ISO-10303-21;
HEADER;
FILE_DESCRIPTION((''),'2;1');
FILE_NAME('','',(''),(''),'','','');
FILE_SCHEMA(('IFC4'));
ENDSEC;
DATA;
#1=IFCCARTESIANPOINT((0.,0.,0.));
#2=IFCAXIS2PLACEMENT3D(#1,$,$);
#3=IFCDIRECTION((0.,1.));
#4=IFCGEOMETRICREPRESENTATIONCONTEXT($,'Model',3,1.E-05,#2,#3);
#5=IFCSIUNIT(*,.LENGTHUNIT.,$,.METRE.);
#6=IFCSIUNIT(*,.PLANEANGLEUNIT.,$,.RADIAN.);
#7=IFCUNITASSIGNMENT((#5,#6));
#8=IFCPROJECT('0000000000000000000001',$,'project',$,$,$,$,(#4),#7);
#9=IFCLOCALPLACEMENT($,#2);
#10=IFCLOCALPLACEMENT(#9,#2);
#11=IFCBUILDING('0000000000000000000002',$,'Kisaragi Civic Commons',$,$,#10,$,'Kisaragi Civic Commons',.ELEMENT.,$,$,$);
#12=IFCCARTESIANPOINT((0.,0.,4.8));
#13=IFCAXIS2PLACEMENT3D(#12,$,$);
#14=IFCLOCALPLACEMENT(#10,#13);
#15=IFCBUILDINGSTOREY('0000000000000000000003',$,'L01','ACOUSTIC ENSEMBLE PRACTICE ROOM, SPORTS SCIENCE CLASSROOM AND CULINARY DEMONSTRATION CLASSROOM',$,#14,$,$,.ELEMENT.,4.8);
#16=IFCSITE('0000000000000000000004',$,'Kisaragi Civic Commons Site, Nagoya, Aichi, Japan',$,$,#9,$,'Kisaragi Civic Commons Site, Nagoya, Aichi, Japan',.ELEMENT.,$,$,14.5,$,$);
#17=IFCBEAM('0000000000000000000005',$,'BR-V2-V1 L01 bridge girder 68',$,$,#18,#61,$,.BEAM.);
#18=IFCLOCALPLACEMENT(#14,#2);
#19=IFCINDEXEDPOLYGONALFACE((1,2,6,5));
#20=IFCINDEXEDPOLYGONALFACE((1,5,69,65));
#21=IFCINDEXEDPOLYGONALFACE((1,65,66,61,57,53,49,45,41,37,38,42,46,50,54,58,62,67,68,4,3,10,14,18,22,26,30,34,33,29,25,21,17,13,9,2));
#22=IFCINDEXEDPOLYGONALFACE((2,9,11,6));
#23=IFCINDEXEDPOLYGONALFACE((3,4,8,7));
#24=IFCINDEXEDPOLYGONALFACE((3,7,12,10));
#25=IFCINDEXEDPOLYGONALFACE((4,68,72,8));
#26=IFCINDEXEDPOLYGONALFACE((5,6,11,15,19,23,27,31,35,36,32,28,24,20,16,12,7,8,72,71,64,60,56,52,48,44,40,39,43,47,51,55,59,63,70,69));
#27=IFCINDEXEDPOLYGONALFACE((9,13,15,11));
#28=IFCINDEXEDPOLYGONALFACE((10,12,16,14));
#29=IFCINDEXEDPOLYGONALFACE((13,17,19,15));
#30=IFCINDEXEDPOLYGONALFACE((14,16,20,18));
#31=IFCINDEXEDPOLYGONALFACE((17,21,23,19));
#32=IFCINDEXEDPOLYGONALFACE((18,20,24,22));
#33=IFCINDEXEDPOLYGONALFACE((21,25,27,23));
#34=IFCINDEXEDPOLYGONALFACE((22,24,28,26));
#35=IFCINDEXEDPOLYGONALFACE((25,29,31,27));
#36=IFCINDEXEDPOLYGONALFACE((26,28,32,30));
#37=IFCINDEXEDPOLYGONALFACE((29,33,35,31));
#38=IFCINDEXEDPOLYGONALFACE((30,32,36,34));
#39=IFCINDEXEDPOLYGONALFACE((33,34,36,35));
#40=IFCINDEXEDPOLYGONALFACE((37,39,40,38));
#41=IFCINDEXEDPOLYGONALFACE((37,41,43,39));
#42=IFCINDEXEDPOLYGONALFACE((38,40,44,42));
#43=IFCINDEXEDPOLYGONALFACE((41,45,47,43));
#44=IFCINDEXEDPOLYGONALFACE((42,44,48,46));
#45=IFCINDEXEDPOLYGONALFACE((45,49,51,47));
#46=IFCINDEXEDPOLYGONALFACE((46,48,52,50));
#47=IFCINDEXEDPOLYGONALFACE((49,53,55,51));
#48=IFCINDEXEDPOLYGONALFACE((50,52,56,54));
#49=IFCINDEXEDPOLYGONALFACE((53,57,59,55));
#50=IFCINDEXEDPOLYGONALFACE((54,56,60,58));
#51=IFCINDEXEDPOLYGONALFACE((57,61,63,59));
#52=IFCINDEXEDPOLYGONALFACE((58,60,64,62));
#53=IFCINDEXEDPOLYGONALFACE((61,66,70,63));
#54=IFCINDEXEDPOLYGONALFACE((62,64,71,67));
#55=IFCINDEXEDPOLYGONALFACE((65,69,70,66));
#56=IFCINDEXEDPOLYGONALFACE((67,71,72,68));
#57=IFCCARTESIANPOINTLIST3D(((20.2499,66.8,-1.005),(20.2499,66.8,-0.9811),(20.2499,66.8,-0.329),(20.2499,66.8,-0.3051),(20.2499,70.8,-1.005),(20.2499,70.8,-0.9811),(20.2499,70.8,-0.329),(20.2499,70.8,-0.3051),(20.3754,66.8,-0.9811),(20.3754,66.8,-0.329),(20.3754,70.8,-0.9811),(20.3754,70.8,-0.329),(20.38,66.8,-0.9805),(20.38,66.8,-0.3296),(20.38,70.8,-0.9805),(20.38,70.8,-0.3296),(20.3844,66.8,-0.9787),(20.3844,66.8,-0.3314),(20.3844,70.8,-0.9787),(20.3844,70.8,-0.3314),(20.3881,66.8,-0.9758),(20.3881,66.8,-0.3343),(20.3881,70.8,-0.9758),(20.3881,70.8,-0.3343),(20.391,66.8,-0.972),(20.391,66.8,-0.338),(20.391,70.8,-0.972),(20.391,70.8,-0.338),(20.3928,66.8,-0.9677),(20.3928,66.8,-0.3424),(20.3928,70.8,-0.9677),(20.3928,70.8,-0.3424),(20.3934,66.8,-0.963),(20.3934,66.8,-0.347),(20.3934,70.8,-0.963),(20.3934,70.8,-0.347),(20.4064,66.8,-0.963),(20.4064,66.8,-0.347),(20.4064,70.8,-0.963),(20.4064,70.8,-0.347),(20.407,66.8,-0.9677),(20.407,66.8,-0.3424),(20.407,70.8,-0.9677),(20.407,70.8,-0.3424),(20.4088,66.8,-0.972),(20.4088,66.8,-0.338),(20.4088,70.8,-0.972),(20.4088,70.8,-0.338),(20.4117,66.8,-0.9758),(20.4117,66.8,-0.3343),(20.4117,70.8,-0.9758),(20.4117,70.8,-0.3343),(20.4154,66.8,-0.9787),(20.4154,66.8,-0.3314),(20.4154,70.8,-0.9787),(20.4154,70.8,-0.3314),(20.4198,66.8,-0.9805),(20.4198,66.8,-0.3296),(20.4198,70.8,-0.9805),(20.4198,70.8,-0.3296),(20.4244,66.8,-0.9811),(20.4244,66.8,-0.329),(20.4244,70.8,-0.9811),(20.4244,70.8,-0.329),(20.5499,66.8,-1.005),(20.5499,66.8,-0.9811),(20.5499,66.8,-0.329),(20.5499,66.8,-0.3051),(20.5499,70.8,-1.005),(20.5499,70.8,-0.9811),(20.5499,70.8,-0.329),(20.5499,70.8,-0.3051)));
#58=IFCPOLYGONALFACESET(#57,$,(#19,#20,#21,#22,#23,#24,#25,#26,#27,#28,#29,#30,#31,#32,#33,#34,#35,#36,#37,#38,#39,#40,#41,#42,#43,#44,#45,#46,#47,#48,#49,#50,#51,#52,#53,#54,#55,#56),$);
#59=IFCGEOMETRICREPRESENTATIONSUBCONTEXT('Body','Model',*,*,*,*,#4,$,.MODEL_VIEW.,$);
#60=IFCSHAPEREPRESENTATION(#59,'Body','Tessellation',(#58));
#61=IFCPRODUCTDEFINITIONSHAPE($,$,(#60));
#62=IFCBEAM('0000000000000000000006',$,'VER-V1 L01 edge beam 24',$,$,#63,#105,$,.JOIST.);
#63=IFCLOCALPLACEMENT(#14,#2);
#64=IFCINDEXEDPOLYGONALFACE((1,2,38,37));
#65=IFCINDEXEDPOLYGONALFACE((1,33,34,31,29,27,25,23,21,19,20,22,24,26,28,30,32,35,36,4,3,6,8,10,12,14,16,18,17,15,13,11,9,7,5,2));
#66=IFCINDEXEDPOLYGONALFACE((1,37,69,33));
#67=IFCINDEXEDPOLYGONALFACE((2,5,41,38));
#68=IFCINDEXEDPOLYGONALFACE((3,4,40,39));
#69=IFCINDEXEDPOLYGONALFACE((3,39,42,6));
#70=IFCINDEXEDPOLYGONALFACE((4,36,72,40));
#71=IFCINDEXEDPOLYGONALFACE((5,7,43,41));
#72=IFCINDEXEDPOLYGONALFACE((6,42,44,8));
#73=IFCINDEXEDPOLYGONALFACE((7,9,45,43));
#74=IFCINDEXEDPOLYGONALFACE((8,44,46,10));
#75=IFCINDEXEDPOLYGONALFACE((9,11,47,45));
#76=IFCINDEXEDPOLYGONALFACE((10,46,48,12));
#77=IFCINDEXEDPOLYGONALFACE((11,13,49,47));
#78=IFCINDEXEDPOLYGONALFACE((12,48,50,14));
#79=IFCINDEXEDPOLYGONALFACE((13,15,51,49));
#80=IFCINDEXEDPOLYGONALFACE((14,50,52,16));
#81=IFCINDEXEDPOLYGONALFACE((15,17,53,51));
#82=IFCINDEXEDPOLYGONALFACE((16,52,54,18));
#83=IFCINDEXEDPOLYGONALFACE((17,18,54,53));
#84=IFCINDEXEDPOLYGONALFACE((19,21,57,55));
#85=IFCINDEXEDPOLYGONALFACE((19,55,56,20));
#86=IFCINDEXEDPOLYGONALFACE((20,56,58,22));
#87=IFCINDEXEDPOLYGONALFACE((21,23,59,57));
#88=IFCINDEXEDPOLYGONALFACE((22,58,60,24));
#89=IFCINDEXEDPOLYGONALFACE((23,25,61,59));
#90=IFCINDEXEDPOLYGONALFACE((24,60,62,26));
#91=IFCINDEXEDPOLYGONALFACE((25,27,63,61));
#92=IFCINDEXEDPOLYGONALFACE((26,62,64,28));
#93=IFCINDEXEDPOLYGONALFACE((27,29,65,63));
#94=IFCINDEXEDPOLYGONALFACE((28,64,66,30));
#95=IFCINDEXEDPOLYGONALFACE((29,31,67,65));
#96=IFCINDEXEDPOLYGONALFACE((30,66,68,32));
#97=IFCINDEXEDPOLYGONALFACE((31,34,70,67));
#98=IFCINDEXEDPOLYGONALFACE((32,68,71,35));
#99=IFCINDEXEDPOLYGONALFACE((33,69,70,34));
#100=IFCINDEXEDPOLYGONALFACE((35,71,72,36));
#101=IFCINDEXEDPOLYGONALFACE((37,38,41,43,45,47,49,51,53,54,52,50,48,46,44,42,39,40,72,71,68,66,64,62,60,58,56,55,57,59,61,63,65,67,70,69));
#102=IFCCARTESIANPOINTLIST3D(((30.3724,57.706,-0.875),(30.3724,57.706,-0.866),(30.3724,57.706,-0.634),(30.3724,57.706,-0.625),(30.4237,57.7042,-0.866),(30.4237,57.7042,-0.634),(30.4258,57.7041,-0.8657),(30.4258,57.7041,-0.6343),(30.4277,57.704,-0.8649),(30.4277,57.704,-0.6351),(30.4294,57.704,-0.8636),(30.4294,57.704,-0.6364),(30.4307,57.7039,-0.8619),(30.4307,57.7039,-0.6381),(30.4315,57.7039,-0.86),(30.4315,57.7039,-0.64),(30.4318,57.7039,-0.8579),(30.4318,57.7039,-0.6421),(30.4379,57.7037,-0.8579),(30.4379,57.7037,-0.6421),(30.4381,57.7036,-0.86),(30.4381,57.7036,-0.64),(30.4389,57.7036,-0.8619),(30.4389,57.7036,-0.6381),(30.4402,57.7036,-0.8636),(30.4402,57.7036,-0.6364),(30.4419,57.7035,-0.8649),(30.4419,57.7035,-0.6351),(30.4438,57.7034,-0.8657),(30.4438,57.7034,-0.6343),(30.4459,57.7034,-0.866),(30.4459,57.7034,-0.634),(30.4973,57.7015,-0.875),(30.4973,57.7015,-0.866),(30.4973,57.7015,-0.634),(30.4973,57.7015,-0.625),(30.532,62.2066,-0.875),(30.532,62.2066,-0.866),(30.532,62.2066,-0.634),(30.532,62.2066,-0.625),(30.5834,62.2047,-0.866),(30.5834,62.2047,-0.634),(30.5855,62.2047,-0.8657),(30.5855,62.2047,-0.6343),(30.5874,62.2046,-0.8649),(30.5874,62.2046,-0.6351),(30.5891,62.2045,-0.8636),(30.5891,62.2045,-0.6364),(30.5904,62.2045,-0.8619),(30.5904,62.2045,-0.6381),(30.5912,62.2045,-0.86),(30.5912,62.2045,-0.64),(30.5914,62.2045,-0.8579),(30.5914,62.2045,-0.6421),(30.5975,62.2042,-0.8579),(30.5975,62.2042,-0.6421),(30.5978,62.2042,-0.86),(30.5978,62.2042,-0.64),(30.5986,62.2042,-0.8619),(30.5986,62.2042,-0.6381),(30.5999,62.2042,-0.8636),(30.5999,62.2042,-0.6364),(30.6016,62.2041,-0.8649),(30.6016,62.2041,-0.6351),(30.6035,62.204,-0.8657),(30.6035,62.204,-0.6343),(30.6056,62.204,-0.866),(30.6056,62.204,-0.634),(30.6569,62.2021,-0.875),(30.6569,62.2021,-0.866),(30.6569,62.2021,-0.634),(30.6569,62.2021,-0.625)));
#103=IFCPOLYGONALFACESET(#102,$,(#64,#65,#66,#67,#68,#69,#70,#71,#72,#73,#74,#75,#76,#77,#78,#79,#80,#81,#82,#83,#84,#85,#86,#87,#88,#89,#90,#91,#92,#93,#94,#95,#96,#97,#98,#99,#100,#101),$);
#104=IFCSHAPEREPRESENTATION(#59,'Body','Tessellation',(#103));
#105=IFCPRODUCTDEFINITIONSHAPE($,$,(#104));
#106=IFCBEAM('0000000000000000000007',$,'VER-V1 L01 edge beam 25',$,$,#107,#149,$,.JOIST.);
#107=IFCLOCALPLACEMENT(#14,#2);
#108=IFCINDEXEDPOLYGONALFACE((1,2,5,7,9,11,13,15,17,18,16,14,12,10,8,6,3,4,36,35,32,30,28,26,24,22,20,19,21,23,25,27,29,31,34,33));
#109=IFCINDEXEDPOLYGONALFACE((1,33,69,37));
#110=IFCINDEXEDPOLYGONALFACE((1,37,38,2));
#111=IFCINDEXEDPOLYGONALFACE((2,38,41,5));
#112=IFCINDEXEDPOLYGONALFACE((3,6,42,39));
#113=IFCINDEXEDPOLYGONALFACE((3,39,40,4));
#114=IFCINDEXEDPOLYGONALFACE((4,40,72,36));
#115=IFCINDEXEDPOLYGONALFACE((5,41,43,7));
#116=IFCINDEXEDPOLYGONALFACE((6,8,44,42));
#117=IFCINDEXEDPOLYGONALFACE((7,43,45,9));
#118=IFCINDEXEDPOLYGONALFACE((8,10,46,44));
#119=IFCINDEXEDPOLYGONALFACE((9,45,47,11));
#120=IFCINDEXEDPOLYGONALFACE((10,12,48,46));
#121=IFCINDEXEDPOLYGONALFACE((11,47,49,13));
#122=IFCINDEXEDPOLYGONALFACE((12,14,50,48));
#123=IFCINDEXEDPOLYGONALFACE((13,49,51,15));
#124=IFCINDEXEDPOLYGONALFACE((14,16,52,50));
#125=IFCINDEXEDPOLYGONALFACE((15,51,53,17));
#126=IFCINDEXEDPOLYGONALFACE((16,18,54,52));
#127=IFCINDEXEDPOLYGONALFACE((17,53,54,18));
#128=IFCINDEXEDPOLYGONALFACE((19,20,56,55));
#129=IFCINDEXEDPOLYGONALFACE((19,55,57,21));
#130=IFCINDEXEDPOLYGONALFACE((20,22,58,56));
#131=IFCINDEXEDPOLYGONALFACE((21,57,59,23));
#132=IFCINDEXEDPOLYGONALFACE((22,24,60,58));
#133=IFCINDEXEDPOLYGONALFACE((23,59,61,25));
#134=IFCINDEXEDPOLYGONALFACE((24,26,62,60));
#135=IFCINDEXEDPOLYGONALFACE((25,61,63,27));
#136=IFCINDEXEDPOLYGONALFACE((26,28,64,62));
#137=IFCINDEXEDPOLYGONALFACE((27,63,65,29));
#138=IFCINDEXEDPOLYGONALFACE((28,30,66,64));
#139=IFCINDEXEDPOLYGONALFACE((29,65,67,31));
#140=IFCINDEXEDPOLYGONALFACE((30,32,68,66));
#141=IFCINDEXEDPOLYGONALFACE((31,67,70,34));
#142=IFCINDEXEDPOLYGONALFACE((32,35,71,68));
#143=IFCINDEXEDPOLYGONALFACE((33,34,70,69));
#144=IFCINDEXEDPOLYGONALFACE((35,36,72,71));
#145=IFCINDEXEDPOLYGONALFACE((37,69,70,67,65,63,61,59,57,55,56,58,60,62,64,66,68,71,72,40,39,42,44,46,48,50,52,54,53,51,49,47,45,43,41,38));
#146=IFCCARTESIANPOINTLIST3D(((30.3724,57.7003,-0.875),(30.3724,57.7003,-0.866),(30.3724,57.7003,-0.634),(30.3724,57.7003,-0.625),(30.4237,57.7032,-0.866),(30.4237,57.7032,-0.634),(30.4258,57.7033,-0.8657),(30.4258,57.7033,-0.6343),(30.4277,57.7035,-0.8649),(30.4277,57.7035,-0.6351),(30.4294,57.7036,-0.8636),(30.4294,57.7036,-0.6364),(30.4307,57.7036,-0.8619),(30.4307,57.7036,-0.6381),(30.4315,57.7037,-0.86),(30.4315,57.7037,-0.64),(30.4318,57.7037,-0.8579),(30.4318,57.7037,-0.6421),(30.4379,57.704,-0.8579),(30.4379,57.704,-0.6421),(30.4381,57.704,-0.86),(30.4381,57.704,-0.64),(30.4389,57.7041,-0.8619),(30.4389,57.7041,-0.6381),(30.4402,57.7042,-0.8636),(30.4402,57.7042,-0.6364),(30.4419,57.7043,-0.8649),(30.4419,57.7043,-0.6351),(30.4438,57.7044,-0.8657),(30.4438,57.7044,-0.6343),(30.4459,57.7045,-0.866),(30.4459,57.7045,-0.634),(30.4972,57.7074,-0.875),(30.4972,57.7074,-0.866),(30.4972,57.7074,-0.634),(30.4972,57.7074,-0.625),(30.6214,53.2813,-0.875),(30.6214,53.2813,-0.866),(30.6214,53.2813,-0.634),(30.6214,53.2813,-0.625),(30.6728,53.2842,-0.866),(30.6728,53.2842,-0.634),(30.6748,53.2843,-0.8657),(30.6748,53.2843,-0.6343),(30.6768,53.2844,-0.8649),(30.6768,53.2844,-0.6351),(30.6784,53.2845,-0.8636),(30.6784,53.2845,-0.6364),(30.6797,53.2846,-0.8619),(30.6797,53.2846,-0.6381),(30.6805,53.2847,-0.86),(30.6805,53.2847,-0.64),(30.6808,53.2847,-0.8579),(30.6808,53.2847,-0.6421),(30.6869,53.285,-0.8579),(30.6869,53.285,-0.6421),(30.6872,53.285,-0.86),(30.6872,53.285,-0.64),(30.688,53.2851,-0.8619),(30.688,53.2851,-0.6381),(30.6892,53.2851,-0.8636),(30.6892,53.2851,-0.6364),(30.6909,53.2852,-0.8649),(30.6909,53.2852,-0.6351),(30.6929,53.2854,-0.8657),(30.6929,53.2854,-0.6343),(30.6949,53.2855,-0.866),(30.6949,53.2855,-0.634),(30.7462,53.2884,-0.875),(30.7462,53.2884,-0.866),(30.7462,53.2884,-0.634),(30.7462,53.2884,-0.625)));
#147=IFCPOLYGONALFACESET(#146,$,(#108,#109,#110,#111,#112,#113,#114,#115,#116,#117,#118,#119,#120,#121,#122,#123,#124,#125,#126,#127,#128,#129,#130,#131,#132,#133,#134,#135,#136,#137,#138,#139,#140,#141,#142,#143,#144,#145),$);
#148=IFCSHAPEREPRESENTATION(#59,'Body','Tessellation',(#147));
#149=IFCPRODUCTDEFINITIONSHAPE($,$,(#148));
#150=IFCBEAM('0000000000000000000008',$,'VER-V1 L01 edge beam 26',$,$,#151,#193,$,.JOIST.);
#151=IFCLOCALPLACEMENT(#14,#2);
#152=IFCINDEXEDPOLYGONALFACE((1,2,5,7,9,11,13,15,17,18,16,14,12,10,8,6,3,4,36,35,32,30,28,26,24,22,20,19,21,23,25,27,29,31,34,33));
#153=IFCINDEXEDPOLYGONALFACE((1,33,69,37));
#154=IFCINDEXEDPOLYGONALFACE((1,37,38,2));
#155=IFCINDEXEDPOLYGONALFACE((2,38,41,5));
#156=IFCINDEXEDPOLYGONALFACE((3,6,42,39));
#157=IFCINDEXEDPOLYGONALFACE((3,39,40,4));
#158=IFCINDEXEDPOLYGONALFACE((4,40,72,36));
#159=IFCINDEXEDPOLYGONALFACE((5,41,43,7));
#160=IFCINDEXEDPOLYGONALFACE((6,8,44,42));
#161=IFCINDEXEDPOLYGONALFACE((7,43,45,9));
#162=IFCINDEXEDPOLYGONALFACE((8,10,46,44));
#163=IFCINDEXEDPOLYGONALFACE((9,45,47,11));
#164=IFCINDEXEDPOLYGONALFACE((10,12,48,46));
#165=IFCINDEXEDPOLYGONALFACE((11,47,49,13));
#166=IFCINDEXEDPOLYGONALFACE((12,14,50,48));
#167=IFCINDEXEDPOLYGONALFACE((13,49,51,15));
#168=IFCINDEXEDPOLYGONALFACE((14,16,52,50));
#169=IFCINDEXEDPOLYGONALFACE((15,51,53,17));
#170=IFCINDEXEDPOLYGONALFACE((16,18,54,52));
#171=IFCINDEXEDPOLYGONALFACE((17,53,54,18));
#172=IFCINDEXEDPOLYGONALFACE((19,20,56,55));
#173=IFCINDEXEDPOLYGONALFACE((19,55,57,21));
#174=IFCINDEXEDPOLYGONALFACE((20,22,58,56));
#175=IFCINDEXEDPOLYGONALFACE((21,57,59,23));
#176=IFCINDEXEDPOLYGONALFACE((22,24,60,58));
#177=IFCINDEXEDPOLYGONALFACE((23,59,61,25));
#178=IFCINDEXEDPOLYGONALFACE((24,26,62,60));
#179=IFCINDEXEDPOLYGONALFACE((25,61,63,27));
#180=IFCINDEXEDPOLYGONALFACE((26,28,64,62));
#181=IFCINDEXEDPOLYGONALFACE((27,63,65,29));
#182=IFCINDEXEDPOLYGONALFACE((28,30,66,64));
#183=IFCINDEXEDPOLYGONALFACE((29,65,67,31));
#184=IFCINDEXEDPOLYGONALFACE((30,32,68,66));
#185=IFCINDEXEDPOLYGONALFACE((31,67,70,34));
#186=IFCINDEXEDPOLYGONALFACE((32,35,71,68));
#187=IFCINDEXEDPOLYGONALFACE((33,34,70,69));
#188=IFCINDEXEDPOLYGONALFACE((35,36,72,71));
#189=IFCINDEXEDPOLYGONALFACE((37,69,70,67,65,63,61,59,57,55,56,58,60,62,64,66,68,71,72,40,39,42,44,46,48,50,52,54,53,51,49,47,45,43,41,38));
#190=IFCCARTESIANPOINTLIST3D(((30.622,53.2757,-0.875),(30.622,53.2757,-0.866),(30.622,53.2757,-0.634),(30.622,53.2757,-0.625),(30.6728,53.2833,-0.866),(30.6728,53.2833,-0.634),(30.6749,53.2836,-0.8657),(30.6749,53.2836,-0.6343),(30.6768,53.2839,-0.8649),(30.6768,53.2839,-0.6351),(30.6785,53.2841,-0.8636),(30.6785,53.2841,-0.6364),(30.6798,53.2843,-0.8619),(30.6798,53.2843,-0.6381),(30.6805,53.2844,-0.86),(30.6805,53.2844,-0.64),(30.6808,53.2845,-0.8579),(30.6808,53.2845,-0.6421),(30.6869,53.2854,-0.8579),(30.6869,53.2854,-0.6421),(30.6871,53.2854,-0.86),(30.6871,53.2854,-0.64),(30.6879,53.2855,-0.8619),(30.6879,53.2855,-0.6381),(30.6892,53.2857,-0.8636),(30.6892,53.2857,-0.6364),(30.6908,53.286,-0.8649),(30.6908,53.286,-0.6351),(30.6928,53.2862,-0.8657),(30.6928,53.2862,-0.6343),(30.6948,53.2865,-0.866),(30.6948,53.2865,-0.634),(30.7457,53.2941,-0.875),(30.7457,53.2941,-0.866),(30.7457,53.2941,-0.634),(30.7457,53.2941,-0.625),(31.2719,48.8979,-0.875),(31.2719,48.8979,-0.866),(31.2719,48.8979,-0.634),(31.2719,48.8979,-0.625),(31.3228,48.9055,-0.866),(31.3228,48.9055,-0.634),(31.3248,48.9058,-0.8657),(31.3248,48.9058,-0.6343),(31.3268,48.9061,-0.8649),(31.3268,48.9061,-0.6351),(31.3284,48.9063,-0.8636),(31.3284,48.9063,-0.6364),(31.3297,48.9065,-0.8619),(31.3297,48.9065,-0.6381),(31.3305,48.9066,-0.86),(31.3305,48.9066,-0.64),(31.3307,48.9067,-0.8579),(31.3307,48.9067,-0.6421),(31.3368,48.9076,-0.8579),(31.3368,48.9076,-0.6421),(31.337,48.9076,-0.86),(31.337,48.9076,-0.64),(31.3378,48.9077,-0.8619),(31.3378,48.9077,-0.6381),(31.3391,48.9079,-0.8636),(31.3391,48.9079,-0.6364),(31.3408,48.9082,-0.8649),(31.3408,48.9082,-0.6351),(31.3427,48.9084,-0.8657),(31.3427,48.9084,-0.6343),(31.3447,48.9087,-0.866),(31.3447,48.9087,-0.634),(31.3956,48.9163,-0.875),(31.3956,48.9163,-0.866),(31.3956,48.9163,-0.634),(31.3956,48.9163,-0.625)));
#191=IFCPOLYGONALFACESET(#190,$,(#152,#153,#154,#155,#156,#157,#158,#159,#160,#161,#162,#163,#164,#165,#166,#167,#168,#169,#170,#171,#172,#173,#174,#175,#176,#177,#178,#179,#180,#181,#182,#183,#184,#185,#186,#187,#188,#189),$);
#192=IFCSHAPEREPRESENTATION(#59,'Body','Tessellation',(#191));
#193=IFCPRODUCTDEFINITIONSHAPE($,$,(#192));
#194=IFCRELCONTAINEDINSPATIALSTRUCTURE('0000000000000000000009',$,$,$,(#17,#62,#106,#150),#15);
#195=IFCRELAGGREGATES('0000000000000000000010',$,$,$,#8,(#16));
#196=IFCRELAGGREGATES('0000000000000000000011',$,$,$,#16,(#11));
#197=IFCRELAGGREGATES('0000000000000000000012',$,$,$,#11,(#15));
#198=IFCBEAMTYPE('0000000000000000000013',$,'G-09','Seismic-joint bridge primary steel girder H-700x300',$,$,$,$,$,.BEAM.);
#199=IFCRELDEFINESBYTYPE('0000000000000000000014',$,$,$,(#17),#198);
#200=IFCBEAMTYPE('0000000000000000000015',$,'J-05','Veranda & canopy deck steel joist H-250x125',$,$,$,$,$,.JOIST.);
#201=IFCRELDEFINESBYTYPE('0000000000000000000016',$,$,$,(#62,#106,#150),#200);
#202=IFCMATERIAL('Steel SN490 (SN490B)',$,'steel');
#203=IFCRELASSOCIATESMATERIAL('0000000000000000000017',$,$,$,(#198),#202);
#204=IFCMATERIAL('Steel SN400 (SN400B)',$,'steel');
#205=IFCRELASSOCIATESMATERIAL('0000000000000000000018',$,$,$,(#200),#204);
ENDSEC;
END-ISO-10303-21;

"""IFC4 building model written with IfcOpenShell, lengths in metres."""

from ifc_helpers import new_model, si_unit, direction, frame, origin, origin_2d, place, context, subcontext, project, spatial, i_section, extrude, material, material_profile, profile_set, type_object, element, save


model = new_model("IFC4")

# Units and contexts
model_context = context("Model", 3, precision=1e-05, world=origin(), true_north=direction((0.0, 1.0)))
body_context = subcontext(model_context, "Body", "Model", "MODEL_VIEW")
ifc_project = project(units=[si_unit("LENGTHUNIT", "METRE"), si_unit("PLANEANGLEUNIT", "RADIAN")], contexts=[model_context])

# Site, building, storey
site_placement = place(None, origin())
site = spatial("IfcSite", under=ifc_project, at=site_placement, Name="Kisaragi Civic Commons Site, Nagoya, Aichi, Japan", LongName="Kisaragi Civic Commons Site, Nagoya, Aichi, Japan", CompositionType="ELEMENT", RefElevation=14.5)
building_placement = place(site_placement, origin())
building = spatial("IfcBuilding", under=site, at=building_placement, Name="Kisaragi Civic Commons", LongName="Kisaragi Civic Commons", CompositionType="ELEMENT")
storey_placement = place(building_placement, frame((0.0, 0.0, 4.8)))
storey = spatial("IfcBuildingStorey", under=building, at=storey_placement, Name="L01", Description="ACOUSTIC ENSEMBLE PRACTICE ROOM, SPORTS SCIENCE CLASSROOM AND CULINARY DEMONSTRATION CLASSROOM", CompositionType="ELEMENT", Elevation=4.8)

# Beams
ifc_material_1 = material(Name="Steel SN490 (SN490B)", Category="steel")
ifc_material_profile_1 = material_profile(ifc_material_1, i_section(OverallWidth=0.3, OverallDepth=0.7, WebThickness=0.0129, FlangeThickness=0.0239, FilletRadius=0.0181, at=origin_2d()), Name="H-700x300x13x24", Category="steel")
ifc_profile_set_1 = profile_set([ifc_material_profile_1], Name="Steel SN490 (SN490B)")
beam_type_1 = type_object("IfcBeamType", Name="G-09", Description="Seismic-joint bridge primary steel girder H-700x300", PredefinedType="BEAM", material=ifc_profile_set_1)
beam_1_placement = place(storey_placement, frame((20.3999, 70.8, -0.655), z_axis=(0.0, -1.0, 0.0), x_axis=(1.0, 0.0, 0.0)))
element("IfcBeam", 1, at=beam_1_placement, inside=storey, type_object=beam_type_1, Name="BR-V2-V1 L01 bridge girder 68", PredefinedType="BEAM", context=body_context, shape_type="SweptSolid", body=[
    extrude(i_section(OverallWidth=0.3, OverallDepth=0.7, WebThickness=0.0129, FlangeThickness=0.0239, FilletRadius=0.0181, at=origin_2d()), origin(), (0.0, 0.0, 1.0), 4.0),
])
ifc_material_2 = material(Name="Steel SN400 (SN400B)", Category="steel")
ifc_material_profile_2 = material_profile(ifc_material_2, i_section(OverallWidth=0.125, OverallDepth=0.25, WebThickness=0.0061, FlangeThickness=0.009, FilletRadius=0.0081, at=origin_2d()), Name="H-250x125x6x9", Category="steel")
ifc_profile_set_2 = profile_set([ifc_material_profile_2], Name="Steel SN400 (SN400B)")
beam_type_2 = type_object("IfcBeamType", Name="J-05", Description="Veranda & canopy deck steel joist H-250x125", PredefinedType="JOIST", material=ifc_profile_set_2)
beam_2_placement = place(storey_placement, frame((30.5945, 62.2043, -0.75), z_axis=(-0.035456, -0.999371, 0.0), x_axis=(0.999371, -0.035456, 0.0)))
element("IfcBeam", 2, at=beam_2_placement, inside=storey, type_object=beam_type_2, Name="VER-V1 L01 edge beam 24", PredefinedType="JOIST", context=body_context, shape_type="SweptSolid", body=[
    extrude(i_section(OverallWidth=0.125, OverallDepth=0.25, WebThickness=0.0061, FlangeThickness=0.009, FilletRadius=0.0081, at=origin_2d()), origin(), (0.0, 0.0, 1.0), 4.5034),
])
beam_3_placement = place(storey_placement, frame((30.4348, 57.7039, -0.75), z_axis=(0.056264, -0.998416, 0.0), x_axis=(0.998416, 0.056264, 0.0)))
element("IfcBeam", 3, at=beam_3_placement, inside=storey, type_object=beam_type_2, Name="VER-V1 L01 edge beam 25", PredefinedType="JOIST", context=body_context, shape_type="SweptSolid", body=[
    extrude(i_section(OverallWidth=0.125, OverallDepth=0.25, WebThickness=0.0061, FlangeThickness=0.009, FilletRadius=0.0081, at=origin_2d()), origin(), (0.0, 0.0, 1.0), 4.426),
])
beam_4_placement = place(storey_placement, frame((30.6838, 53.2849, -0.75), z_axis=(0.146849, -0.989159, 0.0), x_axis=(0.989159, 0.146849, 0.0)))
element("IfcBeam", 4, at=beam_4_placement, inside=storey, type_object=beam_type_2, Name="VER-V1 L01 edge beam 26", PredefinedType="JOIST", context=body_context, shape_type="SweptSolid", body=[
    extrude(i_section(OverallWidth=0.125, OverallDepth=0.25, WebThickness=0.0061, FlangeThickness=0.009, FilletRadius=0.0081, at=origin_2d()), origin(), (0.0, 0.0, 1.0), 4.4258),
])

save(model, "model.ifc")
